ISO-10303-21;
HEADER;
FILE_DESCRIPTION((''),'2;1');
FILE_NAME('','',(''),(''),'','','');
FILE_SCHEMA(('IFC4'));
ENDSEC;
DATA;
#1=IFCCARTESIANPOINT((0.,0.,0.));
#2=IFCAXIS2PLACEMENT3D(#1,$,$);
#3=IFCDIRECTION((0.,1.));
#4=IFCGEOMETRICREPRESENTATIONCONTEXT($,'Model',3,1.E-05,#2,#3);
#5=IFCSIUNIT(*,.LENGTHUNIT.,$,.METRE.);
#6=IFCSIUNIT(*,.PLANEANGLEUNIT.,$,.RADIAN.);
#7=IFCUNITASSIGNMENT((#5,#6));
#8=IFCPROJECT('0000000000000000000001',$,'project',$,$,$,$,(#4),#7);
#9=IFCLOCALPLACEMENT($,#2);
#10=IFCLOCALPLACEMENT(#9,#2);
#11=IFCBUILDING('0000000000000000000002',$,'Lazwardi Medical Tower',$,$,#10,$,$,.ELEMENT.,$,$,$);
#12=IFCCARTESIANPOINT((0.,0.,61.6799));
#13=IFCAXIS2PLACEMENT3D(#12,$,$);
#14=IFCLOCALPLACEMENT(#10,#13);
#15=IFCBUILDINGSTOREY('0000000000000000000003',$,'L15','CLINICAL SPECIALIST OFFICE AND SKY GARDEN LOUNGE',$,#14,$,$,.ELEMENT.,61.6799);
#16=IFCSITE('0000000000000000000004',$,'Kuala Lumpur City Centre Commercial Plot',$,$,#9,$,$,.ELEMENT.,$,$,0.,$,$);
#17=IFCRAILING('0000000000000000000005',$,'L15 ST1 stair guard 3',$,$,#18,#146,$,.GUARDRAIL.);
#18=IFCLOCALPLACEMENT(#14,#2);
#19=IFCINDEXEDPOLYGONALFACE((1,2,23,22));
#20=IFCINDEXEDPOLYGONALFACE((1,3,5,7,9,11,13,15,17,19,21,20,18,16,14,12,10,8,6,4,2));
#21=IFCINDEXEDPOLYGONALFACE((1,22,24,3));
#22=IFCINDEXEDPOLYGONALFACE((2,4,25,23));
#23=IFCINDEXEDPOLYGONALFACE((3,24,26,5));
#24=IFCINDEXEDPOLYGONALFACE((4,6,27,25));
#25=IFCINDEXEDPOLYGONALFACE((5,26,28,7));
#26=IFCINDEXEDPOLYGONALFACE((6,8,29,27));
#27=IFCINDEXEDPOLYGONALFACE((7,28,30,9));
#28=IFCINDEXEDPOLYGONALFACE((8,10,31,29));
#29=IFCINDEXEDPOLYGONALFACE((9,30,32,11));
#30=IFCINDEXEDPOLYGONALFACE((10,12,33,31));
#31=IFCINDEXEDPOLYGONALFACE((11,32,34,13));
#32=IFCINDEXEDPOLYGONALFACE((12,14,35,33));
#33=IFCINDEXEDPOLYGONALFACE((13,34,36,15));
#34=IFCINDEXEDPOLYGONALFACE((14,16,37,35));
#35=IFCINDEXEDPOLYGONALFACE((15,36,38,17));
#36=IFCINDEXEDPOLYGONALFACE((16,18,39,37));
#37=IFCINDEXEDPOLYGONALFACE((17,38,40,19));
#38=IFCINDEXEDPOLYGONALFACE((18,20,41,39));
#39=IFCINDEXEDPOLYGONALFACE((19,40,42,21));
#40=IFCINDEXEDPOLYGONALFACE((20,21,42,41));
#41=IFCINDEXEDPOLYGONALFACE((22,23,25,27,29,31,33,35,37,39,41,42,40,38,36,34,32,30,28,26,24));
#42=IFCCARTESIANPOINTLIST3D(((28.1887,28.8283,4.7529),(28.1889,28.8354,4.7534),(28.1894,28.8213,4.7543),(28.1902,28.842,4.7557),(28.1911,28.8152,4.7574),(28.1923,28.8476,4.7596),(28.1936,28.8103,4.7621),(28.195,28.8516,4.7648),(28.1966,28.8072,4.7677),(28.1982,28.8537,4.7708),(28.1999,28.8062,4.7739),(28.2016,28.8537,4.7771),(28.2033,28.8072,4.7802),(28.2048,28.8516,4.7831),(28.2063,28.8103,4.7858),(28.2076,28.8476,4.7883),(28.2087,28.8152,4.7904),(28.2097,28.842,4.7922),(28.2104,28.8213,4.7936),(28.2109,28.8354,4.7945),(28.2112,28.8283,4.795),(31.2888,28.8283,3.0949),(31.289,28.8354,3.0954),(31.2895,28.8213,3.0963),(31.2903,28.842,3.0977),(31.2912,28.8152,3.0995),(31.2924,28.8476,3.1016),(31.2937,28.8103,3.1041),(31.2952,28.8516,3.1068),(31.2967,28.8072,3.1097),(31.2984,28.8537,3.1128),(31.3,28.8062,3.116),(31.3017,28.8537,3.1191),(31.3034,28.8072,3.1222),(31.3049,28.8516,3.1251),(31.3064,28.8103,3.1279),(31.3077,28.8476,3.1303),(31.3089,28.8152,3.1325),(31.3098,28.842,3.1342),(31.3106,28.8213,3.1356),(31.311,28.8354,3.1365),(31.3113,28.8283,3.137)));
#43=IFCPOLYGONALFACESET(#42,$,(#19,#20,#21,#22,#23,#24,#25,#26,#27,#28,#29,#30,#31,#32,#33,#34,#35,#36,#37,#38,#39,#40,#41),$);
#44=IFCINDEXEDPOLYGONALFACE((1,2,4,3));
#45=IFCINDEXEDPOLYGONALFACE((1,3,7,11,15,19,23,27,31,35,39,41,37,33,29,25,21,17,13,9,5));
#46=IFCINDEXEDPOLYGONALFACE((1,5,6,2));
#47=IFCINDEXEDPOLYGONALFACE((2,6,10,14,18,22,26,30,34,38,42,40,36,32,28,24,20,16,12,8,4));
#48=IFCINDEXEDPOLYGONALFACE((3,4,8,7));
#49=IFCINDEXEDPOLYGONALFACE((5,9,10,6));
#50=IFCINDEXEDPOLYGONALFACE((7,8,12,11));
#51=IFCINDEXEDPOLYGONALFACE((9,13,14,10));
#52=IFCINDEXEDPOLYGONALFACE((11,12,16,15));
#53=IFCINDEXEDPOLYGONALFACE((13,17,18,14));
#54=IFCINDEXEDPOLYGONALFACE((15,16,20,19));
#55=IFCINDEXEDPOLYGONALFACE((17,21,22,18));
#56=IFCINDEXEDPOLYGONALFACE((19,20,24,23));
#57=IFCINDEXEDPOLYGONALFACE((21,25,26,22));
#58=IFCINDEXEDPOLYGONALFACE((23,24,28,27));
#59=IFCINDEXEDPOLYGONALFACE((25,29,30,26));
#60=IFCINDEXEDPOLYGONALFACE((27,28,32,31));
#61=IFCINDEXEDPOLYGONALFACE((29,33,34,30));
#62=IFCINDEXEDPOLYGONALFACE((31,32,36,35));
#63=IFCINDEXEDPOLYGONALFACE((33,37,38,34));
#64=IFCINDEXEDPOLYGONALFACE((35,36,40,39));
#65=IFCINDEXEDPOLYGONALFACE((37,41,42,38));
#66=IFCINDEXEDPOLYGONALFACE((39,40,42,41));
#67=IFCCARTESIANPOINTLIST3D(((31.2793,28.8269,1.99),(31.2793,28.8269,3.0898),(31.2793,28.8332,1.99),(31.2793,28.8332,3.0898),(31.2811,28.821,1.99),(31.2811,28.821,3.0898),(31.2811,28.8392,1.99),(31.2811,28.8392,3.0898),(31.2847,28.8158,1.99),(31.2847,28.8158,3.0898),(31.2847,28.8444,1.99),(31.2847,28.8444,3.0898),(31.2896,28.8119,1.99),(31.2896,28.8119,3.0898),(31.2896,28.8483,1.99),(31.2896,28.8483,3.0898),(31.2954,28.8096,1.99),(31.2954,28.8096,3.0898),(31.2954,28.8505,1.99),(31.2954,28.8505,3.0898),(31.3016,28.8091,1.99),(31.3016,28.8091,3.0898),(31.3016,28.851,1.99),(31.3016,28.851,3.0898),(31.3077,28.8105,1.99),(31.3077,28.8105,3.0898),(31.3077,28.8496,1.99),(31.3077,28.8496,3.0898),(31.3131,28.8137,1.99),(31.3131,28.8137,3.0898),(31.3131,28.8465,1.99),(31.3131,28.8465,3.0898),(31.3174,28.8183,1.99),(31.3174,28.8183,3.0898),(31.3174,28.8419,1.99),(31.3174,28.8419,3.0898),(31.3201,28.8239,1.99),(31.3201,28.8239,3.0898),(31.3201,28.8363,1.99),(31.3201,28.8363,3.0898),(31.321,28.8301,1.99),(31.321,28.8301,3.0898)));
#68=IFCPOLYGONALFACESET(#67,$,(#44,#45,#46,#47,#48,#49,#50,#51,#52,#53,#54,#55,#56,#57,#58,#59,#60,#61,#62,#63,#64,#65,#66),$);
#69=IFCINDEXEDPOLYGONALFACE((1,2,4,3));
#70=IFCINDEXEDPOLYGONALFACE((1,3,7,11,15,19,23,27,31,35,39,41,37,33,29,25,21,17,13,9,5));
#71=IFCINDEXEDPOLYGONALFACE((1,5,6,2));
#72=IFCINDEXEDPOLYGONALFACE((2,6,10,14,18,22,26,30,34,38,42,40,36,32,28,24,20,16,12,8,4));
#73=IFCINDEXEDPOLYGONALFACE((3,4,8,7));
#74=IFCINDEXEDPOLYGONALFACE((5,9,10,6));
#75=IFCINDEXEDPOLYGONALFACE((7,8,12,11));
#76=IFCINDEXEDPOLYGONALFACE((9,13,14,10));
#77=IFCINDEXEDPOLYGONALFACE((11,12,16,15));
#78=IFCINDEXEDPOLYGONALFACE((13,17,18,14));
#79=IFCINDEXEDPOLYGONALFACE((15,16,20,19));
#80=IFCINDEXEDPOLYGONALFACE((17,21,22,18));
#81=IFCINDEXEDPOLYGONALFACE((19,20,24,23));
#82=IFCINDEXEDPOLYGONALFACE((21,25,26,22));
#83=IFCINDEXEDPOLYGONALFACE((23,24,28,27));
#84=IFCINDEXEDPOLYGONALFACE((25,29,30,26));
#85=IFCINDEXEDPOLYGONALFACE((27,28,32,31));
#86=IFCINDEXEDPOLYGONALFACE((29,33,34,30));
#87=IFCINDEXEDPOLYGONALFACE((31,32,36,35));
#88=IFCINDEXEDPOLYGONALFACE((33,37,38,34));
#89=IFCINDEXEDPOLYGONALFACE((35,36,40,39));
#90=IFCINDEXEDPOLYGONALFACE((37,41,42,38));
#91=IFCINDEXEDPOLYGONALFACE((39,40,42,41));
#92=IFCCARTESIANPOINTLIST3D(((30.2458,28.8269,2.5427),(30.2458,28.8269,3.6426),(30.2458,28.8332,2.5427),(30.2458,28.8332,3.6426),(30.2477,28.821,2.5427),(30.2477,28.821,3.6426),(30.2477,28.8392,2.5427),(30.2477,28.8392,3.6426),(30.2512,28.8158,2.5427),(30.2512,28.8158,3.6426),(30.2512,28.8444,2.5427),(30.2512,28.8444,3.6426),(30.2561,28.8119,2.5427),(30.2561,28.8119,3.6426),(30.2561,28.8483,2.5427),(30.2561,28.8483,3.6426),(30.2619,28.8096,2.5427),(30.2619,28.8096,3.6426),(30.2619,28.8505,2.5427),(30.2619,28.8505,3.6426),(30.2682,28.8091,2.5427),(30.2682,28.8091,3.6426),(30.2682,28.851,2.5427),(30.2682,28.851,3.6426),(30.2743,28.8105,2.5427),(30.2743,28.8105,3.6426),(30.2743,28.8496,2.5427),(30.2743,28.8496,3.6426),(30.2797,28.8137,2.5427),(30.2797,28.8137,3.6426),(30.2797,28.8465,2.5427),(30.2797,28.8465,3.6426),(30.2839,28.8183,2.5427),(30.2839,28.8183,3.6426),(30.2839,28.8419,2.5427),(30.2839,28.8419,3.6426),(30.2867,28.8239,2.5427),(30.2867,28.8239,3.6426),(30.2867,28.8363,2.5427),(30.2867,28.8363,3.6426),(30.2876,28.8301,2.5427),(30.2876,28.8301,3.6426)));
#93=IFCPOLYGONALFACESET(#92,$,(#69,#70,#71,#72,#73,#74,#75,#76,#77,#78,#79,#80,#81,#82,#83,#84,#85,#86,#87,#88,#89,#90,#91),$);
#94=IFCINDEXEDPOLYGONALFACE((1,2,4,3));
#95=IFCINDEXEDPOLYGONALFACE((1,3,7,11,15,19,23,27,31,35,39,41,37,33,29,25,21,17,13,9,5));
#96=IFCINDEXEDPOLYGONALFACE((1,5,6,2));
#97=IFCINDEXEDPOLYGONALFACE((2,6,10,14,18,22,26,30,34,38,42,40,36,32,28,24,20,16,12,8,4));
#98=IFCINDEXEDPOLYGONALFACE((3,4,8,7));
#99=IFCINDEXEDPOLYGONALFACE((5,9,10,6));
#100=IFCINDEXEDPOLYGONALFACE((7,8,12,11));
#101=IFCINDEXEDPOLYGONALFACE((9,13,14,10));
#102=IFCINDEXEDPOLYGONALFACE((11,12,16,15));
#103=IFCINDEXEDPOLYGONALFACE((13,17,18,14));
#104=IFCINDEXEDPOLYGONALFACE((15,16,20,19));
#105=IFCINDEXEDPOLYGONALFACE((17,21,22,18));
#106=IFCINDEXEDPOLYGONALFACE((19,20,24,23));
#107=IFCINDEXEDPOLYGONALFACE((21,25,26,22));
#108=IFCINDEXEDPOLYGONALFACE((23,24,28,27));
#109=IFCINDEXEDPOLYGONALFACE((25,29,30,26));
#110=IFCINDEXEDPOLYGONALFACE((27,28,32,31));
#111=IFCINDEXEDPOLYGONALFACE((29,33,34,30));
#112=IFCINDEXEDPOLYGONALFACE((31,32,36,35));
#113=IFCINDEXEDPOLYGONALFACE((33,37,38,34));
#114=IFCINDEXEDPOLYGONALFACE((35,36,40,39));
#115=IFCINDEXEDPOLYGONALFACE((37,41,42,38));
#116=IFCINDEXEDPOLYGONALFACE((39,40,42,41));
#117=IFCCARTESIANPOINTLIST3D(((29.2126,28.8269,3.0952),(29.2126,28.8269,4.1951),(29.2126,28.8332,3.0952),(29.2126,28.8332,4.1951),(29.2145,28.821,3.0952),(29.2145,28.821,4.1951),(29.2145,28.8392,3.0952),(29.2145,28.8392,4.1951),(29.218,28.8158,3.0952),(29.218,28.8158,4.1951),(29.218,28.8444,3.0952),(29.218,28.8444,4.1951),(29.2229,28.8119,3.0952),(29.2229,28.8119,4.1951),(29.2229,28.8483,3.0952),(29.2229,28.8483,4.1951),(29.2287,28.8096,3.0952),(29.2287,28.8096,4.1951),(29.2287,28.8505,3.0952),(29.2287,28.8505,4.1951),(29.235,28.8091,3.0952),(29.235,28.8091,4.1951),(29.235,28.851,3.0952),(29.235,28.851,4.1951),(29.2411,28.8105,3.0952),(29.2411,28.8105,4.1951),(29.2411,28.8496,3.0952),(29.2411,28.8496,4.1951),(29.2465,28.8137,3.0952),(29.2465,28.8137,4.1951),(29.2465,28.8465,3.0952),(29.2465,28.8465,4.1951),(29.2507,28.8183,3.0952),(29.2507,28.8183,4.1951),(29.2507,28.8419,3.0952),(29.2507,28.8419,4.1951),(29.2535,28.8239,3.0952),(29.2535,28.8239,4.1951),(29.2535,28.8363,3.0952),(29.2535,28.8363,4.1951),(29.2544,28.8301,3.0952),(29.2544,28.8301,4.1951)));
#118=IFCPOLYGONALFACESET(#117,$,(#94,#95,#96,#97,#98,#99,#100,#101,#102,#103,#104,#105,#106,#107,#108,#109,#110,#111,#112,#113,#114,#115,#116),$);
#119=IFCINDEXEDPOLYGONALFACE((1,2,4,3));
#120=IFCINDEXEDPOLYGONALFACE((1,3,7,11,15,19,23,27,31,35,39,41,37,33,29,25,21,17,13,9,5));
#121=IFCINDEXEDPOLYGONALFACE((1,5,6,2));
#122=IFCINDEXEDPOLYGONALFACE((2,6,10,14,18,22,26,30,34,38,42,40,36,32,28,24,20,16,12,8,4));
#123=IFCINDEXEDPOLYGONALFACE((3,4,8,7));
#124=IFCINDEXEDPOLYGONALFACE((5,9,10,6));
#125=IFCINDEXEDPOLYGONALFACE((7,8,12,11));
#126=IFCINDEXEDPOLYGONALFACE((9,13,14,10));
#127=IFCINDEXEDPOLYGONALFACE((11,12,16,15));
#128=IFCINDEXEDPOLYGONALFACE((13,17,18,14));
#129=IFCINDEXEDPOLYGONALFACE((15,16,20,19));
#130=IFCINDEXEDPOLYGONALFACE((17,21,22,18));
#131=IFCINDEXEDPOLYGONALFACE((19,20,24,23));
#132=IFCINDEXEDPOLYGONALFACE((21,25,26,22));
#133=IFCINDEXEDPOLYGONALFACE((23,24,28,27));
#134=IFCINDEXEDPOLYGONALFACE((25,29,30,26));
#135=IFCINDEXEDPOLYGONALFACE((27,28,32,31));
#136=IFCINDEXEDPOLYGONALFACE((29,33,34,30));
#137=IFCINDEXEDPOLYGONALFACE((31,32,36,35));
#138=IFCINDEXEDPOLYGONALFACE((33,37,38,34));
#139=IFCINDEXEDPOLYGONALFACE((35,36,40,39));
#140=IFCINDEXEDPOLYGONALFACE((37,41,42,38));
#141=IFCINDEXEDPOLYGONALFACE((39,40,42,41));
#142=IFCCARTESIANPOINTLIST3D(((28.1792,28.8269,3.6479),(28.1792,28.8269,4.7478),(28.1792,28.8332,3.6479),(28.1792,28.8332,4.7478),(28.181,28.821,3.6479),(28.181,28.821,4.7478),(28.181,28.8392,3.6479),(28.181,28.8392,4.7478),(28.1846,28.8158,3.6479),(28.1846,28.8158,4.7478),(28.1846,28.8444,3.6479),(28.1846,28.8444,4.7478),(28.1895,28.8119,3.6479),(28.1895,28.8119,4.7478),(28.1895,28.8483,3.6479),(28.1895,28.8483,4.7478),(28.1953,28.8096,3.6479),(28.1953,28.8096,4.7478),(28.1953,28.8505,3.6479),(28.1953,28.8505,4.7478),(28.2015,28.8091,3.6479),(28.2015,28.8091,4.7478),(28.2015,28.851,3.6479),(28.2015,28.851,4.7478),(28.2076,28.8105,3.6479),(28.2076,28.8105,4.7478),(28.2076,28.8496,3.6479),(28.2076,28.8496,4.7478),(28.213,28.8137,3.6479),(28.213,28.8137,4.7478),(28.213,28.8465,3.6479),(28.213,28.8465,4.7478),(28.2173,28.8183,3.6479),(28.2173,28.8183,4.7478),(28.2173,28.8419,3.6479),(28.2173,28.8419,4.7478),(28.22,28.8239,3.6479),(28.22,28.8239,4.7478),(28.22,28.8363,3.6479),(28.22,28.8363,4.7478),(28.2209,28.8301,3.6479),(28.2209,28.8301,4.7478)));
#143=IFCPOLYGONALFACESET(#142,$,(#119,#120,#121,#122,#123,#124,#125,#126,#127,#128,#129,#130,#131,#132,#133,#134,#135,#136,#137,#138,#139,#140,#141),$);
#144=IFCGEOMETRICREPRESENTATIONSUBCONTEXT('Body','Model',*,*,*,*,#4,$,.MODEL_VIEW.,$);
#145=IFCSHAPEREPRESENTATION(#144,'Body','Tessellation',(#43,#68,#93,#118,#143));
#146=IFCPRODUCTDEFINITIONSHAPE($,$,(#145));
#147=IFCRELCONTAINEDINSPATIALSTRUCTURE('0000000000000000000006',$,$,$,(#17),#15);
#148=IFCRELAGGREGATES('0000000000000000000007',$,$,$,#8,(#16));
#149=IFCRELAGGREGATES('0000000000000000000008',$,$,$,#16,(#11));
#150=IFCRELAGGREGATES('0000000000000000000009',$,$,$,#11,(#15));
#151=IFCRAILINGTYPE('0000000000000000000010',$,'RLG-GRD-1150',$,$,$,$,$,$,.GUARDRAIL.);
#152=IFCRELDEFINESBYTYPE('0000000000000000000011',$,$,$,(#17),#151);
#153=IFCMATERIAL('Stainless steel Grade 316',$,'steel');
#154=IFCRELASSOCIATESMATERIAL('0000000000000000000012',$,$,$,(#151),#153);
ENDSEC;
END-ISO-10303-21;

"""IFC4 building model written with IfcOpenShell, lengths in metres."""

from ifc_helpers import new_model, si_unit, direction, frame, origin, origin_2d, place, context, subcontext, project, spatial, circle, extrude, material, type_object, element, save


model = new_model("IFC4")

# Units and contexts
model_context = context("Model", 3, precision=1e-05, world=origin(), true_north=direction((0.0, 1.0)))
body_context = subcontext(model_context, "Body", "Model", "MODEL_VIEW")
ifc_project = project(units=[si_unit("LENGTHUNIT", "METRE"), si_unit("PLANEANGLEUNIT", "RADIAN")], contexts=[model_context])

# Site, building, storey
site_placement = place(None, origin())
site = spatial("IfcSite", under=ifc_project, at=site_placement, Name="Kuala Lumpur City Centre Commercial Plot", CompositionType="ELEMENT", RefElevation=0.0)
building_placement = place(site_placement, origin())
building = spatial("IfcBuilding", under=site, at=building_placement, Name="Lazwardi Medical Tower", CompositionType="ELEMENT")
storey_placement = place(building_placement, frame((0.0, 0.0, 61.6799)))
storey = spatial("IfcBuildingStorey", under=building, at=storey_placement, Name="L15", Description="CLINICAL SPECIALIST OFFICE AND SKY GARDEN LOUNGE", CompositionType="ELEMENT", Elevation=61.6799)

# Railing
ifc_material_1 = material(Name="Stainless steel Grade 316", Category="steel")
railing_type_1 = type_object("IfcRailingType", Name="RLG-GRD-1150", PredefinedType="GUARDRAIL", material=ifc_material_1)
railing_1_placement = place(storey_placement, frame((31.3, 28.8301, 1.99)))
element("IfcRailing", 1, at=railing_1_placement, inside=storey, type_object=railing_type_1, Name="L15 ST1 stair guard 3", PredefinedType="GUARDRAIL", context=body_context, shape_type="SweptSolid", body=[
    extrude(circle(Radius=0.0239, at=origin_2d()), frame((0.0, 0.0, 1.126), z_axis=(-0.881812, 0.0, 0.471601), x_axis=(0.0, -1.0, 0.0)), (0.0, 0.0, 1.0), 3.5156),
    extrude(circle(Radius=0.021, at=origin_2d()), origin(), (0.0, 0.0, 1.0), 1.0999),
    extrude(circle(Radius=0.021, at=origin_2d()), frame((-1.0334, 0.0, 0.5527)), (0.0, 0.0, 1.0), 1.0999),
    extrude(circle(Radius=0.021, at=origin_2d()), frame((-2.0667, 0.0, 1.1052)), (0.0, 0.0, 1.0), 1.0999),
    extrude(circle(Radius=0.021, at=origin_2d()), frame((-3.1001, 0.0, 1.658)), (0.0, 0.0, 1.0), 1.0999),
])

save(model, "model.ifc")
